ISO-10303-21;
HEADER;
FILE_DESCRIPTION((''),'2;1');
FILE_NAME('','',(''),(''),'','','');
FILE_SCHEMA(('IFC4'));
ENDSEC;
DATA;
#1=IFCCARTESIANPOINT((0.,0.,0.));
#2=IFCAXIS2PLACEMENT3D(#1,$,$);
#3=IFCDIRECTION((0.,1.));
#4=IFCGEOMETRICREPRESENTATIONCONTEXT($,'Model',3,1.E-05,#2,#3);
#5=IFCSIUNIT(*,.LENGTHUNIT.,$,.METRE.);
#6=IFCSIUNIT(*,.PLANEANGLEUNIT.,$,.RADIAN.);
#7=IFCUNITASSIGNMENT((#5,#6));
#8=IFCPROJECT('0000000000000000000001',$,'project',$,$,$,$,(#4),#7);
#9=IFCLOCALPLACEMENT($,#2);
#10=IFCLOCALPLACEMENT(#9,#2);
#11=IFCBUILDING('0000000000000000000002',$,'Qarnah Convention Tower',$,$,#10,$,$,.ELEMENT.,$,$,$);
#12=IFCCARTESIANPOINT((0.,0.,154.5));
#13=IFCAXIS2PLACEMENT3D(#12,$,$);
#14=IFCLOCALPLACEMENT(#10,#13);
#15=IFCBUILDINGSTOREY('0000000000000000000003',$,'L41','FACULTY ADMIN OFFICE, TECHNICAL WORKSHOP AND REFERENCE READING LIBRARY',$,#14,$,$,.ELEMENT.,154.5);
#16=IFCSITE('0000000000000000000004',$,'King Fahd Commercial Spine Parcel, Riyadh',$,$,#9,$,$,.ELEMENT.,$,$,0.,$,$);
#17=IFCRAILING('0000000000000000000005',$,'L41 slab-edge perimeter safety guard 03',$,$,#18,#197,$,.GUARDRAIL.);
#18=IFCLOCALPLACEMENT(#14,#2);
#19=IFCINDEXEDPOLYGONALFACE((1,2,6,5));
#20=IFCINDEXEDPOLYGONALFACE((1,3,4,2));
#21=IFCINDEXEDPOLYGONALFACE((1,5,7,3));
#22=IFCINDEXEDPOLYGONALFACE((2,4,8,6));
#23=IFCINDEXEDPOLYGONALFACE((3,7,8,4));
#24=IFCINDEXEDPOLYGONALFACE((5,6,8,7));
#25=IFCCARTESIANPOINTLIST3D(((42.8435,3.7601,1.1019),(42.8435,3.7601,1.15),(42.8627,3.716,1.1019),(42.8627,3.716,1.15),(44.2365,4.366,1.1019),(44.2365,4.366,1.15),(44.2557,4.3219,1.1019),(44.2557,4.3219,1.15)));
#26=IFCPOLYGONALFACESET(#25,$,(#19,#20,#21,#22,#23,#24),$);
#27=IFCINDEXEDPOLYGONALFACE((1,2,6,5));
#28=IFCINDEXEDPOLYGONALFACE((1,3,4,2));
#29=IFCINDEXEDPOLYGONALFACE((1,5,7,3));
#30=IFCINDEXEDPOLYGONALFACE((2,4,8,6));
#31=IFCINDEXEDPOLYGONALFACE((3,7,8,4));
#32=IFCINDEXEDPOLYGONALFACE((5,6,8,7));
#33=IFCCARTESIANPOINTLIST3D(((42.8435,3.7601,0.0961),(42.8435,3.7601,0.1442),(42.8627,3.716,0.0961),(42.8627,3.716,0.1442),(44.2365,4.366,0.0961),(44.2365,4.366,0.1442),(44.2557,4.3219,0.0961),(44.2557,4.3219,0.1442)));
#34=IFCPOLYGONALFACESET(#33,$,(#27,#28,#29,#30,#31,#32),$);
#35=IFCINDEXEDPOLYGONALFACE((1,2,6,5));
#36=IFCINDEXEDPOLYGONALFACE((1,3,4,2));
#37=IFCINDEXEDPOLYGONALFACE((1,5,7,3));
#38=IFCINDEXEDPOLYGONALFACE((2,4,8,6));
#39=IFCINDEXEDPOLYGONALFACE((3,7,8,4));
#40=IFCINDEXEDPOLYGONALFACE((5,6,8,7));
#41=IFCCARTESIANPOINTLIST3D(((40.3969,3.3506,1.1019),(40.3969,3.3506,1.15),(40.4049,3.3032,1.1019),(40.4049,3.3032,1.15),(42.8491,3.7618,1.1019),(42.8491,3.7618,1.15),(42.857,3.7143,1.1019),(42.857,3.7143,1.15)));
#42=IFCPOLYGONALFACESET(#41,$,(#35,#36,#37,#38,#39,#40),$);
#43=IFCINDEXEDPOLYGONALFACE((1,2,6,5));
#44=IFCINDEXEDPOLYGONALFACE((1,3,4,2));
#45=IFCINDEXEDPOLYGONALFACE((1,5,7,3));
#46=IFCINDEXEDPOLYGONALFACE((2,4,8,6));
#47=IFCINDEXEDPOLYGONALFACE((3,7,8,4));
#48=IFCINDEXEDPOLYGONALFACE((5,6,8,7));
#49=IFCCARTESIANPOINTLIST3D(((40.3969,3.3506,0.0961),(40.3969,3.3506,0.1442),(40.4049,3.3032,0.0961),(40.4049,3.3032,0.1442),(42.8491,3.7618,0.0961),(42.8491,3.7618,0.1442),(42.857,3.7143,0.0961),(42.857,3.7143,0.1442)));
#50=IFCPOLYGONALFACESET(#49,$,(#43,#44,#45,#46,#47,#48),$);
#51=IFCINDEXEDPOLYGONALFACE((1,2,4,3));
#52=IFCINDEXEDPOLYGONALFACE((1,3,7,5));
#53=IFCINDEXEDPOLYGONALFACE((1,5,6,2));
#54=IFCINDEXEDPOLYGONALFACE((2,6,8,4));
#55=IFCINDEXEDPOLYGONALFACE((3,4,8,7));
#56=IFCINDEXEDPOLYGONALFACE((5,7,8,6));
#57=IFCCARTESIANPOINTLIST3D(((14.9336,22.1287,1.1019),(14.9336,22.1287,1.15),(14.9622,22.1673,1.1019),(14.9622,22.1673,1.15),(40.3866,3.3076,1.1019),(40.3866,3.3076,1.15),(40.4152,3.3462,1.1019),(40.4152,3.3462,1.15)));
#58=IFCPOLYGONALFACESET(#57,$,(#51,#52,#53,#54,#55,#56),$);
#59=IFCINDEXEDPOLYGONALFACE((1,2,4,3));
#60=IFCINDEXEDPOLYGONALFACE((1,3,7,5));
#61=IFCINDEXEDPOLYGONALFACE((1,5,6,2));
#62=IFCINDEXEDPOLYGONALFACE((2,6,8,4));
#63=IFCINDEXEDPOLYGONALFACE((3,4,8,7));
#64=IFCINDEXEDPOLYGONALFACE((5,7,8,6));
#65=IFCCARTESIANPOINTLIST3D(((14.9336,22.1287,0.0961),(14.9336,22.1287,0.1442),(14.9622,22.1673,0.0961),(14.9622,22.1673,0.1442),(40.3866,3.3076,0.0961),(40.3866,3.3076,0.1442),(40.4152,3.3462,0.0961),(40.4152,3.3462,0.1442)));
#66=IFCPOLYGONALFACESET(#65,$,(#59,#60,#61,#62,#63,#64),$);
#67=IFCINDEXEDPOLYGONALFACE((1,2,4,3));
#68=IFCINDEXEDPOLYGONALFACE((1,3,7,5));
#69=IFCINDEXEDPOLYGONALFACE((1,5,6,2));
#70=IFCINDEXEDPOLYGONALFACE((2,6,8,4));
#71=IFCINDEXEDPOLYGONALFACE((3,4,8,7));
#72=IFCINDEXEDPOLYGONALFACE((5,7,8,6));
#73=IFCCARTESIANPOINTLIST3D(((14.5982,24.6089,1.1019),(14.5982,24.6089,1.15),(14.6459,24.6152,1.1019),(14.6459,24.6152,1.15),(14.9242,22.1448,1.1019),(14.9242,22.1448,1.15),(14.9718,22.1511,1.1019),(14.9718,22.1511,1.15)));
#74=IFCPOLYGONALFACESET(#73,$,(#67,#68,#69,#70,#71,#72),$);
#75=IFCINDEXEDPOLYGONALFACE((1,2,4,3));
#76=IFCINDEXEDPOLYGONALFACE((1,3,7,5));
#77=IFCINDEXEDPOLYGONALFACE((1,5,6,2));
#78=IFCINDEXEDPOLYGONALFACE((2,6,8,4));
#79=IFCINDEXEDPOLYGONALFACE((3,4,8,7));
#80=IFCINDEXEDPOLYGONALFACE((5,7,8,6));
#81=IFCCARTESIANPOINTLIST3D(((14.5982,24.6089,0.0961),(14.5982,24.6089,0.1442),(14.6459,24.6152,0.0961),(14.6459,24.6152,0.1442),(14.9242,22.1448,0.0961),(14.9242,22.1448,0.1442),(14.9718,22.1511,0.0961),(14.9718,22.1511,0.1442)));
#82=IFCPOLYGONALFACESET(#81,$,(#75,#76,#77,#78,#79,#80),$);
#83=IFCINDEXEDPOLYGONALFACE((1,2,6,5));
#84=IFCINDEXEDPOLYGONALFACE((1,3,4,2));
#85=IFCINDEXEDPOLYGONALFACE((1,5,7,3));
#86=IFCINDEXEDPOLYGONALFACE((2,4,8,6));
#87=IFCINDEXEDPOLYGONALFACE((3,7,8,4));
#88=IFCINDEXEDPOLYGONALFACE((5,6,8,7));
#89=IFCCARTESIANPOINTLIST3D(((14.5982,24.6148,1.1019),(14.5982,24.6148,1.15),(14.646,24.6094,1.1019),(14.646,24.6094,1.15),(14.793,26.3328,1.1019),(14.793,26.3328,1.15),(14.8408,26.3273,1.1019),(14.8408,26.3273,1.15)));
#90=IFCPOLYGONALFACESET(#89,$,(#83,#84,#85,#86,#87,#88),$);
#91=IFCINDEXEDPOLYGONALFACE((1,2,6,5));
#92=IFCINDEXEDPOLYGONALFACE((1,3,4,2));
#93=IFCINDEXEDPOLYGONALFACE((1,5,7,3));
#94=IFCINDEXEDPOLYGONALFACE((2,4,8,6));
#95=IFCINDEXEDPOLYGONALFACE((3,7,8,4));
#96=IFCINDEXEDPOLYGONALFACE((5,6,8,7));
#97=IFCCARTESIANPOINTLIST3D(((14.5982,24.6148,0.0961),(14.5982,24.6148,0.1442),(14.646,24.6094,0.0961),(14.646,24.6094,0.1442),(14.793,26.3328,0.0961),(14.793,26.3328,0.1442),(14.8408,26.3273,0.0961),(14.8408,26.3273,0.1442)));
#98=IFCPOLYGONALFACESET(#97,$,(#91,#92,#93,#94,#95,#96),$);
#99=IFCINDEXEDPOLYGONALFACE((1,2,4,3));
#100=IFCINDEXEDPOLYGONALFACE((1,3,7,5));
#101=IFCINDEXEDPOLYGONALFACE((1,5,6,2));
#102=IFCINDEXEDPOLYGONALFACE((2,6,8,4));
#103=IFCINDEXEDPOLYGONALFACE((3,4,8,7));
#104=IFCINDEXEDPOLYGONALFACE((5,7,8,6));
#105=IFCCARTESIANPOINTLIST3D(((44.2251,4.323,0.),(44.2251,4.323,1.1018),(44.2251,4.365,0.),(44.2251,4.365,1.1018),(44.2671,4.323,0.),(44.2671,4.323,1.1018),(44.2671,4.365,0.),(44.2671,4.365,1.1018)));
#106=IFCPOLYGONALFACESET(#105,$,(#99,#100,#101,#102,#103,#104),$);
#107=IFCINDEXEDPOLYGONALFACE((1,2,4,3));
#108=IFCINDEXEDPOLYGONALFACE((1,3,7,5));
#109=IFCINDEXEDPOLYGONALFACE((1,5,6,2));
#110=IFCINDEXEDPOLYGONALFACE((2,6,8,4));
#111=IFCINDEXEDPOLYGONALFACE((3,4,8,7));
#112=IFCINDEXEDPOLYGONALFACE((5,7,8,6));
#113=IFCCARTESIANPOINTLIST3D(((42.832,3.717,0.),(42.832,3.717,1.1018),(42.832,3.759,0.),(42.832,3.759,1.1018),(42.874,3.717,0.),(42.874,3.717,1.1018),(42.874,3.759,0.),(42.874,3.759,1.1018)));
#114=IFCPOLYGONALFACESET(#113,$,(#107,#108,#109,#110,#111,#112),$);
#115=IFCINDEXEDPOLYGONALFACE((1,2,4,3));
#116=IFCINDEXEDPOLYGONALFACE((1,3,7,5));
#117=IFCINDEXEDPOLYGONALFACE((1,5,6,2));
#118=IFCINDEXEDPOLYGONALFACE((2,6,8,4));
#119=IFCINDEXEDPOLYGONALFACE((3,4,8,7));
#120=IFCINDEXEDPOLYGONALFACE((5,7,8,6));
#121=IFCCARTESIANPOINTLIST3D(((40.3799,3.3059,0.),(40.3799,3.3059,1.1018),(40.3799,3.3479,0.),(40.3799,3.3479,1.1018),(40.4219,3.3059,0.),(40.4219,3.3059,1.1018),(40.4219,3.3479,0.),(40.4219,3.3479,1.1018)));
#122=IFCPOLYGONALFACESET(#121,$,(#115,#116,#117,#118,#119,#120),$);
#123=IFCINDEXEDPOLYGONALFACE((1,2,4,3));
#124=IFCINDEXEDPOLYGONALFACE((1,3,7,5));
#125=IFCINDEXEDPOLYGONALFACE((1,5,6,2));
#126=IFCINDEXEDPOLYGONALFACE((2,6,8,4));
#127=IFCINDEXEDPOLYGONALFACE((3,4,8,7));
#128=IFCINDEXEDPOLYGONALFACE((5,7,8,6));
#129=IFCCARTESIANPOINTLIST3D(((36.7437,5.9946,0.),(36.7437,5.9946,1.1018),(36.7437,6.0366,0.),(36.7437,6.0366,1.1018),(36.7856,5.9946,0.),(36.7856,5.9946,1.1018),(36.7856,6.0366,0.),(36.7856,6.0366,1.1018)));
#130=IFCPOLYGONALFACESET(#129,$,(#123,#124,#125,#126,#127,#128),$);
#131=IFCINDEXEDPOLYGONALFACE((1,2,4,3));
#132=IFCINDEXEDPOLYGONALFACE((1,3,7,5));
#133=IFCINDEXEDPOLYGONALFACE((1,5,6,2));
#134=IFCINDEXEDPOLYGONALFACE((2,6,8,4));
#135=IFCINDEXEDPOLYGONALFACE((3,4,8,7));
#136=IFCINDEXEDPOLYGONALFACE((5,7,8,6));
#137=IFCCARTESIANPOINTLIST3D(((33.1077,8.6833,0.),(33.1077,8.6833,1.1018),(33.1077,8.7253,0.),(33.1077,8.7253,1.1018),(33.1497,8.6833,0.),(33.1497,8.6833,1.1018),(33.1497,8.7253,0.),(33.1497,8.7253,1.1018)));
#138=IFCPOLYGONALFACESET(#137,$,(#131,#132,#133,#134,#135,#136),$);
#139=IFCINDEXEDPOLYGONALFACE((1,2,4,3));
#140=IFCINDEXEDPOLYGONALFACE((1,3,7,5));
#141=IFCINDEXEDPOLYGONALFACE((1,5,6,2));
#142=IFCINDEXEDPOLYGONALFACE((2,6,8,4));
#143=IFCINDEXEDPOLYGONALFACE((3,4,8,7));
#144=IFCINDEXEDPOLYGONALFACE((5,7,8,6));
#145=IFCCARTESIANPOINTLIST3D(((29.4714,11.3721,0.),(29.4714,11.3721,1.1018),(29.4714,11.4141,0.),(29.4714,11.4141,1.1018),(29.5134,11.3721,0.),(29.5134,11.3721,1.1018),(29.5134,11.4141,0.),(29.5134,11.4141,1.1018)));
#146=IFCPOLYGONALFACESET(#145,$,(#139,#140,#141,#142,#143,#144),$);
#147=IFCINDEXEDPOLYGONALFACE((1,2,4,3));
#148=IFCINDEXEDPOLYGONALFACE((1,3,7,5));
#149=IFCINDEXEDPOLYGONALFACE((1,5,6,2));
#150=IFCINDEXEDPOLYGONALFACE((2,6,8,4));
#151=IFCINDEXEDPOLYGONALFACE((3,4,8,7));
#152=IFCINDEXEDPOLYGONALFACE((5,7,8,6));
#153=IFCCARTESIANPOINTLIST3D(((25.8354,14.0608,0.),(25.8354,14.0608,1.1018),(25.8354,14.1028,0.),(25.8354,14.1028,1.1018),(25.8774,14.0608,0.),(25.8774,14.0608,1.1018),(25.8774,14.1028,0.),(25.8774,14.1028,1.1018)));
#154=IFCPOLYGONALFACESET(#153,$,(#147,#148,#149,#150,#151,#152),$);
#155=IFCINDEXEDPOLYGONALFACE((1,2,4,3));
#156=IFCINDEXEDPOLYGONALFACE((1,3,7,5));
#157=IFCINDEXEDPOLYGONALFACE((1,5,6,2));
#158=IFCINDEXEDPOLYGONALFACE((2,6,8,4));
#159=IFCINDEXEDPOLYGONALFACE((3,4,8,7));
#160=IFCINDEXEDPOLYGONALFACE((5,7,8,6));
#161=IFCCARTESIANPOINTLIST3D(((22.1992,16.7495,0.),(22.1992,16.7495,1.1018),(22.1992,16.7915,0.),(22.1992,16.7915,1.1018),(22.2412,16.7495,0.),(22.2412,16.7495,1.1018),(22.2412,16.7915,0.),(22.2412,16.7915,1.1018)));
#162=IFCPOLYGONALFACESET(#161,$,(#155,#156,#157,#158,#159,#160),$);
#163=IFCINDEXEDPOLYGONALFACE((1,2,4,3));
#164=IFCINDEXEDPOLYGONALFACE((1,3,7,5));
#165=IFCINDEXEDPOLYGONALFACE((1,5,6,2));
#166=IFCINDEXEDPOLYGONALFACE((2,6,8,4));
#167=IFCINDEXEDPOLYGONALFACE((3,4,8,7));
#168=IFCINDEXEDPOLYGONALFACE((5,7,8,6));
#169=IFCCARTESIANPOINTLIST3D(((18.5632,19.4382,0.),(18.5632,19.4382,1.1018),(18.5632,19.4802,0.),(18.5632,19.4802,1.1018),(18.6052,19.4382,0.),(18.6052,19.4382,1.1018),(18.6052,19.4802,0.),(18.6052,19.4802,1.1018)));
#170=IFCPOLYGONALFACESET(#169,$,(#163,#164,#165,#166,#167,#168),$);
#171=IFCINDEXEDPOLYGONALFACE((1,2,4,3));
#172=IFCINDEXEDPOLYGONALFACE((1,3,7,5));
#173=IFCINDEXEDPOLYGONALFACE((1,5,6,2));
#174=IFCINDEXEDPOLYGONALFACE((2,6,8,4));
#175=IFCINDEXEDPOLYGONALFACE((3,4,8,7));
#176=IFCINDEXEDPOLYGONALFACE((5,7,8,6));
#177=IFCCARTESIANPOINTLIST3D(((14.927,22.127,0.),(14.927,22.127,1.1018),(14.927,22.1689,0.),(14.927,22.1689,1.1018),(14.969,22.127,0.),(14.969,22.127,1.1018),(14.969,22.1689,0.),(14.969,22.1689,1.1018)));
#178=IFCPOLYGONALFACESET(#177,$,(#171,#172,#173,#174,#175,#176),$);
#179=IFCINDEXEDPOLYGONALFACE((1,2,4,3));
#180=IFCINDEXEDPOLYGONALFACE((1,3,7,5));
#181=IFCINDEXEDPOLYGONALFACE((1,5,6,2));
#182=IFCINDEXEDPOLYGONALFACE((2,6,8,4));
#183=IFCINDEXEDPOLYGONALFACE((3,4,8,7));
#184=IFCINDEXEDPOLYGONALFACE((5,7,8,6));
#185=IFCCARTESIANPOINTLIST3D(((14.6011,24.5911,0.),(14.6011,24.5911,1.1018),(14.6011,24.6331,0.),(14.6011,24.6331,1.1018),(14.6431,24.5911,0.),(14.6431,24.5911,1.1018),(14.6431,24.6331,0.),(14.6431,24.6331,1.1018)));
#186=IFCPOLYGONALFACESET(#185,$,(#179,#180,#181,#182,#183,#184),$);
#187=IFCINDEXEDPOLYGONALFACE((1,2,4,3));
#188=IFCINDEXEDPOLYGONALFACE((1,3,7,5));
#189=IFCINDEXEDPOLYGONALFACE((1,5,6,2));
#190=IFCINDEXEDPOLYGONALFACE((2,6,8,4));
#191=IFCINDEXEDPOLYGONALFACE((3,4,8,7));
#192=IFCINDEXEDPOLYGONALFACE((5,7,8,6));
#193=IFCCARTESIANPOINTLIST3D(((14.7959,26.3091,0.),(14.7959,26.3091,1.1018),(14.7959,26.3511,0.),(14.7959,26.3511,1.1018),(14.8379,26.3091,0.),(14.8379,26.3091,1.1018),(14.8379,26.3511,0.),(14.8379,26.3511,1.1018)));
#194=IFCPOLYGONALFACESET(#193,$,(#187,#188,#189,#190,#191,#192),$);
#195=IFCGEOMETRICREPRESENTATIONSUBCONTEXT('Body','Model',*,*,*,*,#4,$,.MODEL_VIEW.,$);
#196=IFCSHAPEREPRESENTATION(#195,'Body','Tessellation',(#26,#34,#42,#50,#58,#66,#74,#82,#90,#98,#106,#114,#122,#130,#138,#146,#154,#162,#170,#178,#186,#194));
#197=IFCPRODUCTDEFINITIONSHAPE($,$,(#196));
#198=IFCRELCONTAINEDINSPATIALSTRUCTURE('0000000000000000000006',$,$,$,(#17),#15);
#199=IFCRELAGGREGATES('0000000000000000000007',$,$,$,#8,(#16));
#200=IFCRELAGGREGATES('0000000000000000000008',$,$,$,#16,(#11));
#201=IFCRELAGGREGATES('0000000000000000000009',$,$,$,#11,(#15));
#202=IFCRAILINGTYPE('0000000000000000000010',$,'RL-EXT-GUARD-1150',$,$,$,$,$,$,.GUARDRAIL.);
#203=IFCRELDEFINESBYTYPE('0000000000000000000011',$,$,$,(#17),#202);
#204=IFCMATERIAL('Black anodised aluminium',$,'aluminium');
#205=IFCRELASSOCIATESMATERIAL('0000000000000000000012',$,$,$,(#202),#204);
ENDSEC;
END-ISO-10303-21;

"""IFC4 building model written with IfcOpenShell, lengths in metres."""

from ifc_helpers import new_model, si_unit, direction, frame, origin, origin_2d, place, context, subcontext, project, spatial, rectangle, extrude, material, type_object, element, save


model = new_model("IFC4")

# Units and contexts
model_context = context("Model", 3, precision=1e-05, world=origin(), true_north=direction((0.0, 1.0)))
body_context = subcontext(model_context, "Body", "Model", "MODEL_VIEW")
ifc_project = project(units=[si_unit("LENGTHUNIT", "METRE"), si_unit("PLANEANGLEUNIT", "RADIAN")], contexts=[model_context])

# Site, building, storey
site_placement = place(None, origin())
site = spatial("IfcSite", under=ifc_project, at=site_placement, Name="King Fahd Commercial Spine Parcel, Riyadh", CompositionType="ELEMENT", RefElevation=0.0)
building_placement = place(site_placement, origin())
building = spatial("IfcBuilding", under=site, at=building_placement, Name="Qarnah Convention Tower", CompositionType="ELEMENT")
storey_placement = place(building_placement, frame((0.0, 0.0, 154.5)))
storey = spatial("IfcBuildingStorey", under=building, at=storey_placement, Name="L41", Description="FACULTY ADMIN OFFICE, TECHNICAL WORKSHOP AND REFERENCE READING LIBRARY", CompositionType="ELEMENT", Elevation=154.5)

# Shared definitions
ifc_material_1 = material(Name="Black anodised aluminium", Category="aluminium")

# Railing
railing_type = type_object("IfcRailingType", Name="RL-EXT-GUARD-1150", PredefinedType="GUARDRAIL", material=ifc_material_1)
railing_1_placement = place(storey_placement, frame((44.2461, 4.344, 0.0)))
element("IfcRailing", 1, at=railing_1_placement, inside=storey, type_object=railing_type, Name="L41 slab-edge perimeter safety guard 03", PredefinedType="GUARDRAIL", context=body_context, shape_type="SweptSolid", body=[
    extrude(rectangle(XDim=0.0481, YDim=0.0481, at=origin_2d()), frame((0.0, 0.0, 1.126), z_axis=(-0.917004, -0.398879, 0.0), x_axis=(0.398879, -0.917004, 0.0)), (0.0, 0.0, 1.0), 1.519),
    extrude(rectangle(XDim=0.0481, YDim=0.0481, at=origin_2d()), frame((0.0, 0.0, 0.1201), z_axis=(-0.917004, -0.398879, 0.0), x_axis=(0.398879, -0.917004, 0.0)), (0.0, 0.0, 1.0), 1.519),
    extrude(rectangle(XDim=0.0481, YDim=0.0481, at=origin_2d()), frame((-1.3931, -0.606, 1.126), z_axis=(-0.986234, -0.165354, 0.0), x_axis=(0.165354, -0.986234, 0.0)), (0.0, 0.0, 1.0), 2.4863),
    extrude(rectangle(XDim=0.0481, YDim=0.0481, at=origin_2d()), frame((-1.3931, -0.606, 0.1201), z_axis=(-0.986234, -0.165354, 0.0), x_axis=(0.165354, -0.986234, 0.0)), (0.0, 0.0, 1.0), 2.4863),
    extrude(rectangle(XDim=0.0481, YDim=0.0481, at=origin_2d()), frame((-3.8452, -1.0171, 1.126), z_axis=(-0.804055, 0.594555, 0.0), x_axis=(-0.594555, -0.804055, 0.0)), (0.0, 0.0, 1.0), 31.6558),
    extrude(rectangle(XDim=0.0481, YDim=0.0481, at=origin_2d()), frame((-3.8452, -1.0171, 0.1201), z_axis=(-0.804055, 0.594555, 0.0), x_axis=(-0.594555, -0.804055, 0.0)), (0.0, 0.0, 1.0), 31.6558),
    extrude(rectangle(XDim=0.0481, YDim=0.0481, at=origin_2d()), frame((-29.2981, 17.804, 1.126), z_axis=(-0.131128, 0.991365, 0.0), x_axis=(-0.991365, -0.131128, 0.0)), (0.0, 0.0, 1.0), 2.4856),
    extrude(rectangle(XDim=0.0481, YDim=0.0481, at=origin_2d()), frame((-29.2981, 17.804, 0.1201), z_axis=(-0.131128, 0.991365, 0.0), x_axis=(-0.991365, -0.131128, 0.0)), (0.0, 0.0, 1.0), 2.4856),
    extrude(rectangle(XDim=0.0481, YDim=0.0481, at=origin_2d()), frame((-29.624, 20.2681, 1.126), z_axis=(0.112678, 0.993632, 0.0), x_axis=(-0.993632, 0.112678, 0.0)), (0.0, 0.0, 1.0), 1.729),
    extrude(rectangle(XDim=0.0481, YDim=0.0481, at=origin_2d()), frame((-29.624, 20.2681, 0.1201), z_axis=(0.112678, 0.993632, 0.0), x_axis=(-0.993632, 0.112678, 0.0)), (0.0, 0.0, 1.0), 1.729),
    extrude(rectangle(XDim=0.042, YDim=0.042, at=origin_2d()), origin(), (0.0, 0.0, 1.0), 1.1018),
    extrude(rectangle(XDim=0.042, YDim=0.042, at=origin_2d()), frame((-1.3931, -0.606, 0.0)), (0.0, 0.0, 1.0), 1.1018),
    extrude(rectangle(XDim=0.042, YDim=0.042, at=origin_2d()), frame((-3.8452, -1.0171, 0.0)), (0.0, 0.0, 1.0), 1.1018),
    extrude(rectangle(XDim=0.042, YDim=0.042, at=origin_2d()), frame((-7.4814, 1.6716, 0.0)), (0.0, 0.0, 1.0), 1.1018),
    extrude(rectangle(XDim=0.042, YDim=0.042, at=origin_2d()), frame((-11.1174, 4.3604, 0.0)), (0.0, 0.0, 1.0), 1.1018),
    extrude(rectangle(XDim=0.042, YDim=0.042, at=origin_2d()), frame((-14.7537, 7.0491, 0.0)), (0.0, 0.0, 1.0), 1.1018),
    extrude(rectangle(XDim=0.042, YDim=0.042, at=origin_2d()), frame((-18.3896, 9.7378, 0.0)), (0.0, 0.0, 1.0), 1.1018),
    extrude(rectangle(XDim=0.042, YDim=0.042, at=origin_2d()), frame((-22.0259, 12.4265, 0.0)), (0.0, 0.0, 1.0), 1.1018),
    extrude(rectangle(XDim=0.042, YDim=0.042, at=origin_2d()), frame((-25.6619, 15.1152, 0.0)), (0.0, 0.0, 1.0), 1.1018),
    extrude(rectangle(XDim=0.042, YDim=0.042, at=origin_2d()), frame((-29.2981, 17.804, 0.0)), (0.0, 0.0, 1.0), 1.1018),
    extrude(rectangle(XDim=0.042, YDim=0.042, at=origin_2d()), frame((-29.624, 20.2681, 0.0)), (0.0, 0.0, 1.0), 1.1018),
    extrude(rectangle(XDim=0.042, YDim=0.042, at=origin_2d()), frame((-29.4292, 21.9861, 0.0)), (0.0, 0.0, 1.0), 1.1018),
])

save(model, "model.ifc")
